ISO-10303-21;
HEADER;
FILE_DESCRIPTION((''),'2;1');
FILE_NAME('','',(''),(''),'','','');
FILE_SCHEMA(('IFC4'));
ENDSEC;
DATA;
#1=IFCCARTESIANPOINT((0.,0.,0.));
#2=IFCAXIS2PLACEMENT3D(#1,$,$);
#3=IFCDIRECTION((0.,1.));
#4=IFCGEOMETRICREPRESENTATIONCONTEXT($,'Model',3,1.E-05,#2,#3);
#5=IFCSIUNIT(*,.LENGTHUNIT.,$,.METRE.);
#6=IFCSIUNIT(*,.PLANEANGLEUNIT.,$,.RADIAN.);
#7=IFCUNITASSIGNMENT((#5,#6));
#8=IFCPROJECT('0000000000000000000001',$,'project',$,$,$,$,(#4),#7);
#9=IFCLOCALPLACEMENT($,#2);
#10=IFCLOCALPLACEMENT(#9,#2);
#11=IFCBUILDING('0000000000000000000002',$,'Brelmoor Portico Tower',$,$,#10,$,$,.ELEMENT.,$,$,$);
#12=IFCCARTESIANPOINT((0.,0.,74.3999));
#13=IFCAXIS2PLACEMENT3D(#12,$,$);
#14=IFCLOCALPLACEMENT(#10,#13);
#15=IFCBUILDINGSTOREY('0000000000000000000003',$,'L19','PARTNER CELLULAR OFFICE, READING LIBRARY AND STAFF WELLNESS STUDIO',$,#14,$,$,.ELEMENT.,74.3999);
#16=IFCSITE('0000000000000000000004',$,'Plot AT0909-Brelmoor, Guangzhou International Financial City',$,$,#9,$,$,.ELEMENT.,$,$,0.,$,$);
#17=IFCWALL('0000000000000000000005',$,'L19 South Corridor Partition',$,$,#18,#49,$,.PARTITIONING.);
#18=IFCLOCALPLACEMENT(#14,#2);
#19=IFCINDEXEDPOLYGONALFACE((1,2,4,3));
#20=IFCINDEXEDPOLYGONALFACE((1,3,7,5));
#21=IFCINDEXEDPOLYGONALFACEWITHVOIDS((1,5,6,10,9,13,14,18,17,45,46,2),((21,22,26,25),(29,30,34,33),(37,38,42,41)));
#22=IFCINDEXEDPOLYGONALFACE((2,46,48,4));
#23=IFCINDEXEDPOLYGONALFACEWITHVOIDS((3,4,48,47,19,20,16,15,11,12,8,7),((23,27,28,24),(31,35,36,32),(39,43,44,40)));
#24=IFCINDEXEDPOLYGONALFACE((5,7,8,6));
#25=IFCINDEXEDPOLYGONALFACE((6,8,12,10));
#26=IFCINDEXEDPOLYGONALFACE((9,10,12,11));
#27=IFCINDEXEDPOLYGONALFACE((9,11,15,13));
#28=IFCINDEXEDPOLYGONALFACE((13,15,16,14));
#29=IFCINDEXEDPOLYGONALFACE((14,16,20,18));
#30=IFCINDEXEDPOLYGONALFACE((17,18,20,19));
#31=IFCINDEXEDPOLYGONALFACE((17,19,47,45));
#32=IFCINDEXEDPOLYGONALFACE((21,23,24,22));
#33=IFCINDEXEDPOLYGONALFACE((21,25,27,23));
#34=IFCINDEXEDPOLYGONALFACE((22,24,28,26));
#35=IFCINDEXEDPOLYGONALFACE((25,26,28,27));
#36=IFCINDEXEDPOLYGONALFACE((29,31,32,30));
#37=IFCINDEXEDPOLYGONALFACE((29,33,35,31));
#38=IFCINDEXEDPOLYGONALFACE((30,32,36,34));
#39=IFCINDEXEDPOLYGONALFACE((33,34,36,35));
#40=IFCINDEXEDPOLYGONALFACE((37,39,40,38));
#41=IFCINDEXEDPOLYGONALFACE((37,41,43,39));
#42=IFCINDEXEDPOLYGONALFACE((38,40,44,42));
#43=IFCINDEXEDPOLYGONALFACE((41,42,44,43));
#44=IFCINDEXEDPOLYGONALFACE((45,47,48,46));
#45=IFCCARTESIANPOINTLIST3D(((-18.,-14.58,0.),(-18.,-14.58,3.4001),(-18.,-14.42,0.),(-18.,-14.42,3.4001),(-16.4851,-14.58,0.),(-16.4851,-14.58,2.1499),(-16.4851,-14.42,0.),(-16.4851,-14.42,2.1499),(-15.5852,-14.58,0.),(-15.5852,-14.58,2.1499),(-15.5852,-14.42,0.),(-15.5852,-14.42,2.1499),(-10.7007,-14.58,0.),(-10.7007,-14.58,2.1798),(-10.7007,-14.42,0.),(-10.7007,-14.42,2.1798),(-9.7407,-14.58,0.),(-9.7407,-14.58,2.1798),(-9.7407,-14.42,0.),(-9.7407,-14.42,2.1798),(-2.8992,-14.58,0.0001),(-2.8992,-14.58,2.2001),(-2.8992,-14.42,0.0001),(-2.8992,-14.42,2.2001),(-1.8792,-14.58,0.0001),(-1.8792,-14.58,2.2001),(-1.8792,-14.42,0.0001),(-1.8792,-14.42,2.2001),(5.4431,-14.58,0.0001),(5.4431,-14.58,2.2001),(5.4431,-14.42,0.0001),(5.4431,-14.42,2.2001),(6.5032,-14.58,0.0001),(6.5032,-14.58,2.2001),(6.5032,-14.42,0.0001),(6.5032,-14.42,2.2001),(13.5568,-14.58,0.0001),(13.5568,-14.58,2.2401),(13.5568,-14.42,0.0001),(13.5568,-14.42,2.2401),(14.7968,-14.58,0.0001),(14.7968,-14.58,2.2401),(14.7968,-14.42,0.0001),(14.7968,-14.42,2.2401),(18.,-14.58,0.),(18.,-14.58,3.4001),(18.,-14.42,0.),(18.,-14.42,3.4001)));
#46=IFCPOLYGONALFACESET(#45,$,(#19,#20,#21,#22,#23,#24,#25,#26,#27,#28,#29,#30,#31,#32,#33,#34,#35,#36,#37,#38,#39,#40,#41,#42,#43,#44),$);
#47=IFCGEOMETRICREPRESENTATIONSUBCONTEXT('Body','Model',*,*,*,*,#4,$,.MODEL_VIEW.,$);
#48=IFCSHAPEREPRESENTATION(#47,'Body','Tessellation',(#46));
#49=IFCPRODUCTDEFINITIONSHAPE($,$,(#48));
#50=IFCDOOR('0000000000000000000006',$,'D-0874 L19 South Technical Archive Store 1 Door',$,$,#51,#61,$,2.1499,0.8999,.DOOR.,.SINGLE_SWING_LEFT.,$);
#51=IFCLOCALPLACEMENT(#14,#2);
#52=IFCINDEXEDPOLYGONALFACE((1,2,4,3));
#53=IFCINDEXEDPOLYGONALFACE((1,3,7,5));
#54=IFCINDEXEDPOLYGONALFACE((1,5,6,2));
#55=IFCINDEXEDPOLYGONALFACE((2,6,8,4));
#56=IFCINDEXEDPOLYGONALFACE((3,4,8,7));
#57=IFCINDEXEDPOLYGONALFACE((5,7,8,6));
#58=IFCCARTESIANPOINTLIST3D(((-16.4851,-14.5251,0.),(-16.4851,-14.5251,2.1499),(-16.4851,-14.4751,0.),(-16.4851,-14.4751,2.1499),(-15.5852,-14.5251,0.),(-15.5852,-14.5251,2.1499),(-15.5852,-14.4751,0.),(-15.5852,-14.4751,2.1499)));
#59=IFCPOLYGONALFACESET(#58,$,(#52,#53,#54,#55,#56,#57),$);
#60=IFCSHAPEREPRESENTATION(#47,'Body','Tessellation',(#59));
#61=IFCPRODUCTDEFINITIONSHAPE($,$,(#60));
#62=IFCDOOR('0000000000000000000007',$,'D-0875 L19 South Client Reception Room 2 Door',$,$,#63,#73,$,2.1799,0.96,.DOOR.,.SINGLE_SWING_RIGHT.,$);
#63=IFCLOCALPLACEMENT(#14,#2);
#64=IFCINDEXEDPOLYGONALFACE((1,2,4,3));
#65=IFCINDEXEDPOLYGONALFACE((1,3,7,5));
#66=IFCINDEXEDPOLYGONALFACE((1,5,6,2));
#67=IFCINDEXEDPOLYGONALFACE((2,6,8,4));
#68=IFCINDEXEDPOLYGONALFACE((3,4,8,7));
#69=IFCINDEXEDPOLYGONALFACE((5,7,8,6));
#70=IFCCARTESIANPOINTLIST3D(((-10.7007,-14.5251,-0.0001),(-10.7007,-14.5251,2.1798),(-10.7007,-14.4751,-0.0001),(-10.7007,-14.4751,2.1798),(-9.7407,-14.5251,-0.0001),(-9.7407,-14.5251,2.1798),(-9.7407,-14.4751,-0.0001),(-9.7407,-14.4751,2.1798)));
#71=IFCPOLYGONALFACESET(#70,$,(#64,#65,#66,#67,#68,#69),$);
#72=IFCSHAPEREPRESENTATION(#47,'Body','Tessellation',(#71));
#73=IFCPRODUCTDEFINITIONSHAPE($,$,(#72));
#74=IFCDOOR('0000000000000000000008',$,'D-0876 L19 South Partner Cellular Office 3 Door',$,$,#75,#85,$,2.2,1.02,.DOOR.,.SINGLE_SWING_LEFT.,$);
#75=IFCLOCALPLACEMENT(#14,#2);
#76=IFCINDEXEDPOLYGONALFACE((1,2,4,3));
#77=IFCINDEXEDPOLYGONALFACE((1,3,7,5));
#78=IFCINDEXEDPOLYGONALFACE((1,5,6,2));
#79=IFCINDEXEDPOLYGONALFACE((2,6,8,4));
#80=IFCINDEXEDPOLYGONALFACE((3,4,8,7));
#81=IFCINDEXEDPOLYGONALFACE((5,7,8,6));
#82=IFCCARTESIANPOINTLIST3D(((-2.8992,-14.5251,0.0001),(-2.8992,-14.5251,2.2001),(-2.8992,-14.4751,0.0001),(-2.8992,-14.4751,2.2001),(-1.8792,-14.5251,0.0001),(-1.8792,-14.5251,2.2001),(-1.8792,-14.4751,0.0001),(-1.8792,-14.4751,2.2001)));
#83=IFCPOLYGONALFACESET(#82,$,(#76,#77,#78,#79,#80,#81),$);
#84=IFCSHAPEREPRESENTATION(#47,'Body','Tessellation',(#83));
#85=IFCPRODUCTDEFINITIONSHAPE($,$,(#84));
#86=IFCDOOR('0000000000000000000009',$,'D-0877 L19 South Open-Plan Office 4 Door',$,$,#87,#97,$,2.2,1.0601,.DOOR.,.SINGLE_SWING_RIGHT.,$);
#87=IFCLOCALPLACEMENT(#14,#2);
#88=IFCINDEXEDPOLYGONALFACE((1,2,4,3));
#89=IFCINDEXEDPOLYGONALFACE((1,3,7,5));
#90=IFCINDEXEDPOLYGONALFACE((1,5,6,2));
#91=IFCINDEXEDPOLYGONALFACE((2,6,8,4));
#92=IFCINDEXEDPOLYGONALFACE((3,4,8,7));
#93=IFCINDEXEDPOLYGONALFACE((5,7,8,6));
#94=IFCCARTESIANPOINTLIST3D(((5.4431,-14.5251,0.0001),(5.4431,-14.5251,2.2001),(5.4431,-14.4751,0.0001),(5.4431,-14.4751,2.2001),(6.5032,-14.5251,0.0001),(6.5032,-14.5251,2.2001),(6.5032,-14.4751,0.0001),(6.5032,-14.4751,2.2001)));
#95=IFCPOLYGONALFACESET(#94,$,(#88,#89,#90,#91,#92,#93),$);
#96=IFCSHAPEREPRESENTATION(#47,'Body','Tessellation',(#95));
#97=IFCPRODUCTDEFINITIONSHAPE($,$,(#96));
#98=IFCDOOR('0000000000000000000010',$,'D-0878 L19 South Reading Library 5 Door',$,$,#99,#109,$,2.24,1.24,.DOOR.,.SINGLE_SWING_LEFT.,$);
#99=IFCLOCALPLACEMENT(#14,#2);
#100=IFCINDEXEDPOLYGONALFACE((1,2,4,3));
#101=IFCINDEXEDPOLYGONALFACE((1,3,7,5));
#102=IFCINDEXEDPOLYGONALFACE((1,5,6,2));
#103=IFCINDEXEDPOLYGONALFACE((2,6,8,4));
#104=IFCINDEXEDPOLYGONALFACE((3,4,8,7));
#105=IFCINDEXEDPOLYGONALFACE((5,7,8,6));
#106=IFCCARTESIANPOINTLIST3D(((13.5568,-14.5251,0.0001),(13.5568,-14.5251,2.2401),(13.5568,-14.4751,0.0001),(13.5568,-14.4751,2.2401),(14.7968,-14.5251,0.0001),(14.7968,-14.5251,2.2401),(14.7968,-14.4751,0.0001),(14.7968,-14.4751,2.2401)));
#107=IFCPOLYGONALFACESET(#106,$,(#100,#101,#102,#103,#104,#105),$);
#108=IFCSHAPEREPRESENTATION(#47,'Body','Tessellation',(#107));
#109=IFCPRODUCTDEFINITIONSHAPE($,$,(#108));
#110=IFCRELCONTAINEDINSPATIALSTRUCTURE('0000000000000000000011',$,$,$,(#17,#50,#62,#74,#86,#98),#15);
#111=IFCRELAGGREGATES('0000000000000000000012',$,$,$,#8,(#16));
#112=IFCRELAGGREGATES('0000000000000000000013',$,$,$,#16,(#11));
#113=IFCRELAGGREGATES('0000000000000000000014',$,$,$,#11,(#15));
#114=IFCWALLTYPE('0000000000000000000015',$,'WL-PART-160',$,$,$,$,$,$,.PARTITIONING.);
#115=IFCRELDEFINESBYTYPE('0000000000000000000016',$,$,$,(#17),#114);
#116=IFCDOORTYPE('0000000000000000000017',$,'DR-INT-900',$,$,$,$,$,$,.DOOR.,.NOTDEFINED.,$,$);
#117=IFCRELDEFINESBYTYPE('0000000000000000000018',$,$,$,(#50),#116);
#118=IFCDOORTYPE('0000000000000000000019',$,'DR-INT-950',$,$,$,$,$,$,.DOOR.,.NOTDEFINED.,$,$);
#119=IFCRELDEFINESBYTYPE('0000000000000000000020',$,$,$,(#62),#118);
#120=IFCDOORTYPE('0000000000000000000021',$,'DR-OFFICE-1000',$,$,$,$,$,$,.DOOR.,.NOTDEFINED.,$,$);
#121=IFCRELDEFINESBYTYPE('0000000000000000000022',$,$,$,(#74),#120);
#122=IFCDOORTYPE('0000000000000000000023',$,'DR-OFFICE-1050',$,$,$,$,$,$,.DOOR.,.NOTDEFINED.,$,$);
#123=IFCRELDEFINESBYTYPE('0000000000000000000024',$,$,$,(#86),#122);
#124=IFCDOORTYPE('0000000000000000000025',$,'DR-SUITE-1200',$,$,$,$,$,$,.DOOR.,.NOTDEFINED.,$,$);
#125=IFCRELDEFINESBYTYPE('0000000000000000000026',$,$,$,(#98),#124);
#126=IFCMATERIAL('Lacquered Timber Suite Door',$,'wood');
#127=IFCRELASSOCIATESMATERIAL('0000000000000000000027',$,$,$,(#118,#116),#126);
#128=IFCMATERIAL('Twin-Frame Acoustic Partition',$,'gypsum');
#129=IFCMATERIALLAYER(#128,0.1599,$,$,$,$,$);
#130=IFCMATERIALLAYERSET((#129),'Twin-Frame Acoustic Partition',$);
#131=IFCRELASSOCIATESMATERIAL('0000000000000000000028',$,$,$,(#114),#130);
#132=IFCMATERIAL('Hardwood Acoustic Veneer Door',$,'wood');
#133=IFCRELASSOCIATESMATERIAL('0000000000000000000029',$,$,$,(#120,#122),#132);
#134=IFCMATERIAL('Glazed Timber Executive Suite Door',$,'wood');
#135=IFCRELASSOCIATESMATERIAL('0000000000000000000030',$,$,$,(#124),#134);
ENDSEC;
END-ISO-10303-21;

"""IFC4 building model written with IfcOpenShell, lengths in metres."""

from ifc_helpers import new_model, si_unit, direction, frame, frame_2d, origin, place, context, subcontext, project, spatial, rectangle, extrude, material, layer, layer_set, type_object, element, fill, save


model = new_model("IFC4")

# Units and contexts
model_context = context("Model", 3, precision=1e-05, world=origin(), true_north=direction((0.0, 1.0)))
body_context = subcontext(model_context, "Body", "Model", "MODEL_VIEW")
ifc_project = project(units=[si_unit("LENGTHUNIT", "METRE"), si_unit("PLANEANGLEUNIT", "RADIAN")], contexts=[model_context])

# Site, building, storey
site_placement = place(None, origin())
site = spatial("IfcSite", under=ifc_project, at=site_placement, Name="Plot AT0909-Brelmoor, Guangzhou International Financial City", CompositionType="ELEMENT", RefElevation=0.0)
building_placement = place(site_placement, origin())
building = spatial("IfcBuilding", under=site, at=building_placement, Name="Brelmoor Portico Tower", CompositionType="ELEMENT")
storey_placement = place(building_placement, frame((0.0, 0.0, 74.3999)))
storey = spatial("IfcBuildingStorey", under=building, at=storey_placement, Name="L19", Description="PARTNER CELLULAR OFFICE, READING LIBRARY AND STAFF WELLNESS STUDIO", CompositionType="ELEMENT", Elevation=74.3999)

# Shared definitions
ifc_material_1 = material(Name="Lacquered Timber Suite Door", Category="wood")
door_type_1 = type_object("IfcDoorType", Name="DR-INT-950", OperationType="NOTDEFINED", PredefinedType="DOOR", material=ifc_material_1)

# Wall, openings, doors
ifc_material_2 = material(Name="Twin-Frame Acoustic Partition", Category="gypsum")
ifc_layer_1 = layer(ifc_material_2, 0.1599)
ifc_layer_set_1 = layer_set([ifc_layer_1], Name="Twin-Frame Acoustic Partition")
wall_type_1 = type_object("IfcWallType", Name="WL-PART-160", PredefinedType="PARTITIONING", material=ifc_layer_set_1)
wall_1_placement = place(storey_placement, frame((-18.0, -14.5, 0.0), z_axis=(0.0, 0.0, 1.0), x_axis=(1.0, 0.0, 0.0)))
wall_1 = element("IfcWall", 1, at=wall_1_placement, inside=storey, type_object=wall_type_1, Name="L19 South Corridor Partition", PredefinedType="PARTITIONING", context=body_context, shape_type="SweptSolid", body=[
    extrude(rectangle(XDim=36.0, YDim=0.1599, at=frame_2d((18.0, 0.0))), origin(), (0.0, 0.0, 1.0), 3.4001),
])
opening_1_placement = place(wall_1_placement, frame((1.5149, 0.0, 0.0)))
opening_1 = element("IfcOpeningElement", 2, at=opening_1_placement, cuts=wall_1, PredefinedType="OPENING", context=body_context, shape_type="SweptSolid", body=[
    extrude(rectangle(XDim=0.8999, YDim=2.1499, at=frame_2d((0.45, 1.075))), frame((0.0, 0.0898, 0.0), z_axis=(0.0, -1.0, 0.0), x_axis=(1.0, 0.0, 0.0)), (0.0, 0.0, 1.0), 0.1799),
])
opening_2_placement = place(wall_1_placement, frame((7.2993, 0.0, 0.0)))
opening_2 = element("IfcOpeningElement", 3, at=opening_2_placement, cuts=wall_1, PredefinedType="OPENING", context=body_context, shape_type="SweptSolid", body=[
    extrude(rectangle(XDim=0.96, YDim=2.1799, at=frame_2d((0.48, 1.0898))), frame((0.0, 0.0898, 0.0), z_axis=(0.0, -1.0, 0.0), x_axis=(1.0, 0.0, 0.0)), (0.0, 0.0, 1.0), 0.1799),
])
opening_3_placement = place(wall_1_placement, frame((15.1008, 0.0, 0.0)))
opening_3 = element("IfcOpeningElement", 4, at=opening_3_placement, cuts=wall_1, PredefinedType="OPENING", context=body_context, shape_type="SweptSolid", body=[
    extrude(rectangle(XDim=1.02, YDim=2.2, at=frame_2d((0.51, 1.1001))), frame((0.0, 0.0898, 0.0), z_axis=(0.0, -1.0, 0.0), x_axis=(1.0, 0.0, 0.0)), (0.0, 0.0, 1.0), 0.1799),
])
opening_4_placement = place(wall_1_placement, frame((23.4431, 0.0, 0.0)))
opening_4 = element("IfcOpeningElement", 5, at=opening_4_placement, cuts=wall_1, PredefinedType="OPENING", context=body_context, shape_type="SweptSolid", body=[
    extrude(rectangle(XDim=1.0601, YDim=2.2, at=frame_2d((0.53, 1.1001))), frame((0.0, 0.0898, 0.0), z_axis=(0.0, -1.0, 0.0), x_axis=(1.0, 0.0, 0.0)), (0.0, 0.0, 1.0), 0.1799),
])
opening_5_placement = place(wall_1_placement, frame((31.5566, 0.0, 0.0)))
opening_5 = element("IfcOpeningElement", 6, at=opening_5_placement, cuts=wall_1, PredefinedType="OPENING", context=body_context, shape_type="SweptSolid", body=[
    extrude(rectangle(XDim=1.24, YDim=2.24, at=frame_2d((0.6201, 1.1201))), frame((0.0, 0.0898, 0.0), z_axis=(0.0, -1.0, 0.0), x_axis=(1.0, 0.0, 0.0)), (0.0, 0.0, 1.0), 0.1799),
])
door_type_2 = type_object("IfcDoorType", Name="DR-INT-900", OperationType="NOTDEFINED", PredefinedType="DOOR", material=ifc_material_1)
door_1_placement = place(opening_1_placement, origin())
door_1 = element("IfcDoor", 7, at=door_1_placement, inside=storey, type_object=door_type_2, Name="D-0874 L19 South Technical Archive Store 1 Door", OperationType="SINGLE_SWING_LEFT", OverallHeight=2.1499, OverallWidth=0.8999, PredefinedType="DOOR", context=body_context, shape_type="SweptSolid", body=[
    extrude(rectangle(XDim=0.8999, YDim=2.1499, at=frame_2d((0.45, 1.075))), frame((0.0, 0.0249, 0.0), z_axis=(0.0, -1.0, 0.0), x_axis=(1.0, 0.0, 0.0)), (0.0, 0.0, 1.0), 0.05),
])
fill(opening_1, door_1)
door_2_placement = place(opening_2_placement, origin())
door_2 = element("IfcDoor", 8, at=door_2_placement, inside=storey, type_object=door_type_1, Name="D-0875 L19 South Client Reception Room 2 Door", OperationType="SINGLE_SWING_RIGHT", OverallHeight=2.1799, OverallWidth=0.96, PredefinedType="DOOR", context=body_context, shape_type="SweptSolid", body=[
    extrude(rectangle(XDim=0.96, YDim=2.1799, at=frame_2d((0.48, 1.0898))), frame((0.0, 0.0249, 0.0), z_axis=(0.0, -1.0, 0.0), x_axis=(1.0, 0.0, 0.0)), (0.0, 0.0, 1.0), 0.05),
])
fill(opening_2, door_2)
ifc_material_3 = material(Name="Hardwood Acoustic Veneer Door", Category="wood")
door_type_3 = type_object("IfcDoorType", Name="DR-OFFICE-1000", OperationType="NOTDEFINED", PredefinedType="DOOR", material=ifc_material_3)
door_3_placement = place(opening_3_placement, origin())
door_3 = element("IfcDoor", 9, at=door_3_placement, inside=storey, type_object=door_type_3, Name="D-0876 L19 South Partner Cellular Office 3 Door", OperationType="SINGLE_SWING_LEFT", OverallHeight=2.2, OverallWidth=1.02, PredefinedType="DOOR", context=body_context, shape_type="SweptSolid", body=[
    extrude(rectangle(XDim=1.02, YDim=2.2, at=frame_2d((0.51, 1.1001))), frame((0.0, 0.0249, 0.0), z_axis=(0.0, -1.0, 0.0), x_axis=(1.0, 0.0, 0.0)), (0.0, 0.0, 1.0), 0.05),
])
fill(opening_3, door_3)
door_type_4 = type_object("IfcDoorType", Name="DR-OFFICE-1050", OperationType="NOTDEFINED", PredefinedType="DOOR", material=ifc_material_3)
door_4_placement = place(opening_4_placement, origin())
door_4 = element("IfcDoor", 10, at=door_4_placement, inside=storey, type_object=door_type_4, Name="D-0877 L19 South Open-Plan Office 4 Door", OperationType="SINGLE_SWING_RIGHT", OverallHeight=2.2, OverallWidth=1.0601, PredefinedType="DOOR", context=body_context, shape_type="SweptSolid", body=[
    extrude(rectangle(XDim=1.0601, YDim=2.2, at=frame_2d((0.53, 1.1001))), frame((0.0, 0.0249, 0.0), z_axis=(0.0, -1.0, 0.0), x_axis=(1.0, 0.0, 0.0)), (0.0, 0.0, 1.0), 0.05),
])
fill(opening_4, door_4)
ifc_material_4 = material(Name="Glazed Timber Executive Suite Door", Category="wood")
door_type_5 = type_object("IfcDoorType", Name="DR-SUITE-1200", OperationType="NOTDEFINED", PredefinedType="DOOR", material=ifc_material_4)
door_5_placement = place(opening_5_placement, origin())
door_5 = element("IfcDoor", 11, at=door_5_placement, inside=storey, type_object=door_type_5, Name="D-0878 L19 South Reading Library 5 Door", OperationType="SINGLE_SWING_LEFT", OverallHeight=2.24, OverallWidth=1.24, PredefinedType="DOOR", context=body_context, shape_type="SweptSolid", body=[
    extrude(rectangle(XDim=1.24, YDim=2.24, at=frame_2d((0.6201, 1.1201))), frame((0.0, 0.0249, 0.0), z_axis=(0.0, -1.0, 0.0), x_axis=(1.0, 0.0, 0.0)), (0.0, 0.0, 1.0), 0.05),
])
fill(opening_5, door_5)

save(model, "model.ifc")
